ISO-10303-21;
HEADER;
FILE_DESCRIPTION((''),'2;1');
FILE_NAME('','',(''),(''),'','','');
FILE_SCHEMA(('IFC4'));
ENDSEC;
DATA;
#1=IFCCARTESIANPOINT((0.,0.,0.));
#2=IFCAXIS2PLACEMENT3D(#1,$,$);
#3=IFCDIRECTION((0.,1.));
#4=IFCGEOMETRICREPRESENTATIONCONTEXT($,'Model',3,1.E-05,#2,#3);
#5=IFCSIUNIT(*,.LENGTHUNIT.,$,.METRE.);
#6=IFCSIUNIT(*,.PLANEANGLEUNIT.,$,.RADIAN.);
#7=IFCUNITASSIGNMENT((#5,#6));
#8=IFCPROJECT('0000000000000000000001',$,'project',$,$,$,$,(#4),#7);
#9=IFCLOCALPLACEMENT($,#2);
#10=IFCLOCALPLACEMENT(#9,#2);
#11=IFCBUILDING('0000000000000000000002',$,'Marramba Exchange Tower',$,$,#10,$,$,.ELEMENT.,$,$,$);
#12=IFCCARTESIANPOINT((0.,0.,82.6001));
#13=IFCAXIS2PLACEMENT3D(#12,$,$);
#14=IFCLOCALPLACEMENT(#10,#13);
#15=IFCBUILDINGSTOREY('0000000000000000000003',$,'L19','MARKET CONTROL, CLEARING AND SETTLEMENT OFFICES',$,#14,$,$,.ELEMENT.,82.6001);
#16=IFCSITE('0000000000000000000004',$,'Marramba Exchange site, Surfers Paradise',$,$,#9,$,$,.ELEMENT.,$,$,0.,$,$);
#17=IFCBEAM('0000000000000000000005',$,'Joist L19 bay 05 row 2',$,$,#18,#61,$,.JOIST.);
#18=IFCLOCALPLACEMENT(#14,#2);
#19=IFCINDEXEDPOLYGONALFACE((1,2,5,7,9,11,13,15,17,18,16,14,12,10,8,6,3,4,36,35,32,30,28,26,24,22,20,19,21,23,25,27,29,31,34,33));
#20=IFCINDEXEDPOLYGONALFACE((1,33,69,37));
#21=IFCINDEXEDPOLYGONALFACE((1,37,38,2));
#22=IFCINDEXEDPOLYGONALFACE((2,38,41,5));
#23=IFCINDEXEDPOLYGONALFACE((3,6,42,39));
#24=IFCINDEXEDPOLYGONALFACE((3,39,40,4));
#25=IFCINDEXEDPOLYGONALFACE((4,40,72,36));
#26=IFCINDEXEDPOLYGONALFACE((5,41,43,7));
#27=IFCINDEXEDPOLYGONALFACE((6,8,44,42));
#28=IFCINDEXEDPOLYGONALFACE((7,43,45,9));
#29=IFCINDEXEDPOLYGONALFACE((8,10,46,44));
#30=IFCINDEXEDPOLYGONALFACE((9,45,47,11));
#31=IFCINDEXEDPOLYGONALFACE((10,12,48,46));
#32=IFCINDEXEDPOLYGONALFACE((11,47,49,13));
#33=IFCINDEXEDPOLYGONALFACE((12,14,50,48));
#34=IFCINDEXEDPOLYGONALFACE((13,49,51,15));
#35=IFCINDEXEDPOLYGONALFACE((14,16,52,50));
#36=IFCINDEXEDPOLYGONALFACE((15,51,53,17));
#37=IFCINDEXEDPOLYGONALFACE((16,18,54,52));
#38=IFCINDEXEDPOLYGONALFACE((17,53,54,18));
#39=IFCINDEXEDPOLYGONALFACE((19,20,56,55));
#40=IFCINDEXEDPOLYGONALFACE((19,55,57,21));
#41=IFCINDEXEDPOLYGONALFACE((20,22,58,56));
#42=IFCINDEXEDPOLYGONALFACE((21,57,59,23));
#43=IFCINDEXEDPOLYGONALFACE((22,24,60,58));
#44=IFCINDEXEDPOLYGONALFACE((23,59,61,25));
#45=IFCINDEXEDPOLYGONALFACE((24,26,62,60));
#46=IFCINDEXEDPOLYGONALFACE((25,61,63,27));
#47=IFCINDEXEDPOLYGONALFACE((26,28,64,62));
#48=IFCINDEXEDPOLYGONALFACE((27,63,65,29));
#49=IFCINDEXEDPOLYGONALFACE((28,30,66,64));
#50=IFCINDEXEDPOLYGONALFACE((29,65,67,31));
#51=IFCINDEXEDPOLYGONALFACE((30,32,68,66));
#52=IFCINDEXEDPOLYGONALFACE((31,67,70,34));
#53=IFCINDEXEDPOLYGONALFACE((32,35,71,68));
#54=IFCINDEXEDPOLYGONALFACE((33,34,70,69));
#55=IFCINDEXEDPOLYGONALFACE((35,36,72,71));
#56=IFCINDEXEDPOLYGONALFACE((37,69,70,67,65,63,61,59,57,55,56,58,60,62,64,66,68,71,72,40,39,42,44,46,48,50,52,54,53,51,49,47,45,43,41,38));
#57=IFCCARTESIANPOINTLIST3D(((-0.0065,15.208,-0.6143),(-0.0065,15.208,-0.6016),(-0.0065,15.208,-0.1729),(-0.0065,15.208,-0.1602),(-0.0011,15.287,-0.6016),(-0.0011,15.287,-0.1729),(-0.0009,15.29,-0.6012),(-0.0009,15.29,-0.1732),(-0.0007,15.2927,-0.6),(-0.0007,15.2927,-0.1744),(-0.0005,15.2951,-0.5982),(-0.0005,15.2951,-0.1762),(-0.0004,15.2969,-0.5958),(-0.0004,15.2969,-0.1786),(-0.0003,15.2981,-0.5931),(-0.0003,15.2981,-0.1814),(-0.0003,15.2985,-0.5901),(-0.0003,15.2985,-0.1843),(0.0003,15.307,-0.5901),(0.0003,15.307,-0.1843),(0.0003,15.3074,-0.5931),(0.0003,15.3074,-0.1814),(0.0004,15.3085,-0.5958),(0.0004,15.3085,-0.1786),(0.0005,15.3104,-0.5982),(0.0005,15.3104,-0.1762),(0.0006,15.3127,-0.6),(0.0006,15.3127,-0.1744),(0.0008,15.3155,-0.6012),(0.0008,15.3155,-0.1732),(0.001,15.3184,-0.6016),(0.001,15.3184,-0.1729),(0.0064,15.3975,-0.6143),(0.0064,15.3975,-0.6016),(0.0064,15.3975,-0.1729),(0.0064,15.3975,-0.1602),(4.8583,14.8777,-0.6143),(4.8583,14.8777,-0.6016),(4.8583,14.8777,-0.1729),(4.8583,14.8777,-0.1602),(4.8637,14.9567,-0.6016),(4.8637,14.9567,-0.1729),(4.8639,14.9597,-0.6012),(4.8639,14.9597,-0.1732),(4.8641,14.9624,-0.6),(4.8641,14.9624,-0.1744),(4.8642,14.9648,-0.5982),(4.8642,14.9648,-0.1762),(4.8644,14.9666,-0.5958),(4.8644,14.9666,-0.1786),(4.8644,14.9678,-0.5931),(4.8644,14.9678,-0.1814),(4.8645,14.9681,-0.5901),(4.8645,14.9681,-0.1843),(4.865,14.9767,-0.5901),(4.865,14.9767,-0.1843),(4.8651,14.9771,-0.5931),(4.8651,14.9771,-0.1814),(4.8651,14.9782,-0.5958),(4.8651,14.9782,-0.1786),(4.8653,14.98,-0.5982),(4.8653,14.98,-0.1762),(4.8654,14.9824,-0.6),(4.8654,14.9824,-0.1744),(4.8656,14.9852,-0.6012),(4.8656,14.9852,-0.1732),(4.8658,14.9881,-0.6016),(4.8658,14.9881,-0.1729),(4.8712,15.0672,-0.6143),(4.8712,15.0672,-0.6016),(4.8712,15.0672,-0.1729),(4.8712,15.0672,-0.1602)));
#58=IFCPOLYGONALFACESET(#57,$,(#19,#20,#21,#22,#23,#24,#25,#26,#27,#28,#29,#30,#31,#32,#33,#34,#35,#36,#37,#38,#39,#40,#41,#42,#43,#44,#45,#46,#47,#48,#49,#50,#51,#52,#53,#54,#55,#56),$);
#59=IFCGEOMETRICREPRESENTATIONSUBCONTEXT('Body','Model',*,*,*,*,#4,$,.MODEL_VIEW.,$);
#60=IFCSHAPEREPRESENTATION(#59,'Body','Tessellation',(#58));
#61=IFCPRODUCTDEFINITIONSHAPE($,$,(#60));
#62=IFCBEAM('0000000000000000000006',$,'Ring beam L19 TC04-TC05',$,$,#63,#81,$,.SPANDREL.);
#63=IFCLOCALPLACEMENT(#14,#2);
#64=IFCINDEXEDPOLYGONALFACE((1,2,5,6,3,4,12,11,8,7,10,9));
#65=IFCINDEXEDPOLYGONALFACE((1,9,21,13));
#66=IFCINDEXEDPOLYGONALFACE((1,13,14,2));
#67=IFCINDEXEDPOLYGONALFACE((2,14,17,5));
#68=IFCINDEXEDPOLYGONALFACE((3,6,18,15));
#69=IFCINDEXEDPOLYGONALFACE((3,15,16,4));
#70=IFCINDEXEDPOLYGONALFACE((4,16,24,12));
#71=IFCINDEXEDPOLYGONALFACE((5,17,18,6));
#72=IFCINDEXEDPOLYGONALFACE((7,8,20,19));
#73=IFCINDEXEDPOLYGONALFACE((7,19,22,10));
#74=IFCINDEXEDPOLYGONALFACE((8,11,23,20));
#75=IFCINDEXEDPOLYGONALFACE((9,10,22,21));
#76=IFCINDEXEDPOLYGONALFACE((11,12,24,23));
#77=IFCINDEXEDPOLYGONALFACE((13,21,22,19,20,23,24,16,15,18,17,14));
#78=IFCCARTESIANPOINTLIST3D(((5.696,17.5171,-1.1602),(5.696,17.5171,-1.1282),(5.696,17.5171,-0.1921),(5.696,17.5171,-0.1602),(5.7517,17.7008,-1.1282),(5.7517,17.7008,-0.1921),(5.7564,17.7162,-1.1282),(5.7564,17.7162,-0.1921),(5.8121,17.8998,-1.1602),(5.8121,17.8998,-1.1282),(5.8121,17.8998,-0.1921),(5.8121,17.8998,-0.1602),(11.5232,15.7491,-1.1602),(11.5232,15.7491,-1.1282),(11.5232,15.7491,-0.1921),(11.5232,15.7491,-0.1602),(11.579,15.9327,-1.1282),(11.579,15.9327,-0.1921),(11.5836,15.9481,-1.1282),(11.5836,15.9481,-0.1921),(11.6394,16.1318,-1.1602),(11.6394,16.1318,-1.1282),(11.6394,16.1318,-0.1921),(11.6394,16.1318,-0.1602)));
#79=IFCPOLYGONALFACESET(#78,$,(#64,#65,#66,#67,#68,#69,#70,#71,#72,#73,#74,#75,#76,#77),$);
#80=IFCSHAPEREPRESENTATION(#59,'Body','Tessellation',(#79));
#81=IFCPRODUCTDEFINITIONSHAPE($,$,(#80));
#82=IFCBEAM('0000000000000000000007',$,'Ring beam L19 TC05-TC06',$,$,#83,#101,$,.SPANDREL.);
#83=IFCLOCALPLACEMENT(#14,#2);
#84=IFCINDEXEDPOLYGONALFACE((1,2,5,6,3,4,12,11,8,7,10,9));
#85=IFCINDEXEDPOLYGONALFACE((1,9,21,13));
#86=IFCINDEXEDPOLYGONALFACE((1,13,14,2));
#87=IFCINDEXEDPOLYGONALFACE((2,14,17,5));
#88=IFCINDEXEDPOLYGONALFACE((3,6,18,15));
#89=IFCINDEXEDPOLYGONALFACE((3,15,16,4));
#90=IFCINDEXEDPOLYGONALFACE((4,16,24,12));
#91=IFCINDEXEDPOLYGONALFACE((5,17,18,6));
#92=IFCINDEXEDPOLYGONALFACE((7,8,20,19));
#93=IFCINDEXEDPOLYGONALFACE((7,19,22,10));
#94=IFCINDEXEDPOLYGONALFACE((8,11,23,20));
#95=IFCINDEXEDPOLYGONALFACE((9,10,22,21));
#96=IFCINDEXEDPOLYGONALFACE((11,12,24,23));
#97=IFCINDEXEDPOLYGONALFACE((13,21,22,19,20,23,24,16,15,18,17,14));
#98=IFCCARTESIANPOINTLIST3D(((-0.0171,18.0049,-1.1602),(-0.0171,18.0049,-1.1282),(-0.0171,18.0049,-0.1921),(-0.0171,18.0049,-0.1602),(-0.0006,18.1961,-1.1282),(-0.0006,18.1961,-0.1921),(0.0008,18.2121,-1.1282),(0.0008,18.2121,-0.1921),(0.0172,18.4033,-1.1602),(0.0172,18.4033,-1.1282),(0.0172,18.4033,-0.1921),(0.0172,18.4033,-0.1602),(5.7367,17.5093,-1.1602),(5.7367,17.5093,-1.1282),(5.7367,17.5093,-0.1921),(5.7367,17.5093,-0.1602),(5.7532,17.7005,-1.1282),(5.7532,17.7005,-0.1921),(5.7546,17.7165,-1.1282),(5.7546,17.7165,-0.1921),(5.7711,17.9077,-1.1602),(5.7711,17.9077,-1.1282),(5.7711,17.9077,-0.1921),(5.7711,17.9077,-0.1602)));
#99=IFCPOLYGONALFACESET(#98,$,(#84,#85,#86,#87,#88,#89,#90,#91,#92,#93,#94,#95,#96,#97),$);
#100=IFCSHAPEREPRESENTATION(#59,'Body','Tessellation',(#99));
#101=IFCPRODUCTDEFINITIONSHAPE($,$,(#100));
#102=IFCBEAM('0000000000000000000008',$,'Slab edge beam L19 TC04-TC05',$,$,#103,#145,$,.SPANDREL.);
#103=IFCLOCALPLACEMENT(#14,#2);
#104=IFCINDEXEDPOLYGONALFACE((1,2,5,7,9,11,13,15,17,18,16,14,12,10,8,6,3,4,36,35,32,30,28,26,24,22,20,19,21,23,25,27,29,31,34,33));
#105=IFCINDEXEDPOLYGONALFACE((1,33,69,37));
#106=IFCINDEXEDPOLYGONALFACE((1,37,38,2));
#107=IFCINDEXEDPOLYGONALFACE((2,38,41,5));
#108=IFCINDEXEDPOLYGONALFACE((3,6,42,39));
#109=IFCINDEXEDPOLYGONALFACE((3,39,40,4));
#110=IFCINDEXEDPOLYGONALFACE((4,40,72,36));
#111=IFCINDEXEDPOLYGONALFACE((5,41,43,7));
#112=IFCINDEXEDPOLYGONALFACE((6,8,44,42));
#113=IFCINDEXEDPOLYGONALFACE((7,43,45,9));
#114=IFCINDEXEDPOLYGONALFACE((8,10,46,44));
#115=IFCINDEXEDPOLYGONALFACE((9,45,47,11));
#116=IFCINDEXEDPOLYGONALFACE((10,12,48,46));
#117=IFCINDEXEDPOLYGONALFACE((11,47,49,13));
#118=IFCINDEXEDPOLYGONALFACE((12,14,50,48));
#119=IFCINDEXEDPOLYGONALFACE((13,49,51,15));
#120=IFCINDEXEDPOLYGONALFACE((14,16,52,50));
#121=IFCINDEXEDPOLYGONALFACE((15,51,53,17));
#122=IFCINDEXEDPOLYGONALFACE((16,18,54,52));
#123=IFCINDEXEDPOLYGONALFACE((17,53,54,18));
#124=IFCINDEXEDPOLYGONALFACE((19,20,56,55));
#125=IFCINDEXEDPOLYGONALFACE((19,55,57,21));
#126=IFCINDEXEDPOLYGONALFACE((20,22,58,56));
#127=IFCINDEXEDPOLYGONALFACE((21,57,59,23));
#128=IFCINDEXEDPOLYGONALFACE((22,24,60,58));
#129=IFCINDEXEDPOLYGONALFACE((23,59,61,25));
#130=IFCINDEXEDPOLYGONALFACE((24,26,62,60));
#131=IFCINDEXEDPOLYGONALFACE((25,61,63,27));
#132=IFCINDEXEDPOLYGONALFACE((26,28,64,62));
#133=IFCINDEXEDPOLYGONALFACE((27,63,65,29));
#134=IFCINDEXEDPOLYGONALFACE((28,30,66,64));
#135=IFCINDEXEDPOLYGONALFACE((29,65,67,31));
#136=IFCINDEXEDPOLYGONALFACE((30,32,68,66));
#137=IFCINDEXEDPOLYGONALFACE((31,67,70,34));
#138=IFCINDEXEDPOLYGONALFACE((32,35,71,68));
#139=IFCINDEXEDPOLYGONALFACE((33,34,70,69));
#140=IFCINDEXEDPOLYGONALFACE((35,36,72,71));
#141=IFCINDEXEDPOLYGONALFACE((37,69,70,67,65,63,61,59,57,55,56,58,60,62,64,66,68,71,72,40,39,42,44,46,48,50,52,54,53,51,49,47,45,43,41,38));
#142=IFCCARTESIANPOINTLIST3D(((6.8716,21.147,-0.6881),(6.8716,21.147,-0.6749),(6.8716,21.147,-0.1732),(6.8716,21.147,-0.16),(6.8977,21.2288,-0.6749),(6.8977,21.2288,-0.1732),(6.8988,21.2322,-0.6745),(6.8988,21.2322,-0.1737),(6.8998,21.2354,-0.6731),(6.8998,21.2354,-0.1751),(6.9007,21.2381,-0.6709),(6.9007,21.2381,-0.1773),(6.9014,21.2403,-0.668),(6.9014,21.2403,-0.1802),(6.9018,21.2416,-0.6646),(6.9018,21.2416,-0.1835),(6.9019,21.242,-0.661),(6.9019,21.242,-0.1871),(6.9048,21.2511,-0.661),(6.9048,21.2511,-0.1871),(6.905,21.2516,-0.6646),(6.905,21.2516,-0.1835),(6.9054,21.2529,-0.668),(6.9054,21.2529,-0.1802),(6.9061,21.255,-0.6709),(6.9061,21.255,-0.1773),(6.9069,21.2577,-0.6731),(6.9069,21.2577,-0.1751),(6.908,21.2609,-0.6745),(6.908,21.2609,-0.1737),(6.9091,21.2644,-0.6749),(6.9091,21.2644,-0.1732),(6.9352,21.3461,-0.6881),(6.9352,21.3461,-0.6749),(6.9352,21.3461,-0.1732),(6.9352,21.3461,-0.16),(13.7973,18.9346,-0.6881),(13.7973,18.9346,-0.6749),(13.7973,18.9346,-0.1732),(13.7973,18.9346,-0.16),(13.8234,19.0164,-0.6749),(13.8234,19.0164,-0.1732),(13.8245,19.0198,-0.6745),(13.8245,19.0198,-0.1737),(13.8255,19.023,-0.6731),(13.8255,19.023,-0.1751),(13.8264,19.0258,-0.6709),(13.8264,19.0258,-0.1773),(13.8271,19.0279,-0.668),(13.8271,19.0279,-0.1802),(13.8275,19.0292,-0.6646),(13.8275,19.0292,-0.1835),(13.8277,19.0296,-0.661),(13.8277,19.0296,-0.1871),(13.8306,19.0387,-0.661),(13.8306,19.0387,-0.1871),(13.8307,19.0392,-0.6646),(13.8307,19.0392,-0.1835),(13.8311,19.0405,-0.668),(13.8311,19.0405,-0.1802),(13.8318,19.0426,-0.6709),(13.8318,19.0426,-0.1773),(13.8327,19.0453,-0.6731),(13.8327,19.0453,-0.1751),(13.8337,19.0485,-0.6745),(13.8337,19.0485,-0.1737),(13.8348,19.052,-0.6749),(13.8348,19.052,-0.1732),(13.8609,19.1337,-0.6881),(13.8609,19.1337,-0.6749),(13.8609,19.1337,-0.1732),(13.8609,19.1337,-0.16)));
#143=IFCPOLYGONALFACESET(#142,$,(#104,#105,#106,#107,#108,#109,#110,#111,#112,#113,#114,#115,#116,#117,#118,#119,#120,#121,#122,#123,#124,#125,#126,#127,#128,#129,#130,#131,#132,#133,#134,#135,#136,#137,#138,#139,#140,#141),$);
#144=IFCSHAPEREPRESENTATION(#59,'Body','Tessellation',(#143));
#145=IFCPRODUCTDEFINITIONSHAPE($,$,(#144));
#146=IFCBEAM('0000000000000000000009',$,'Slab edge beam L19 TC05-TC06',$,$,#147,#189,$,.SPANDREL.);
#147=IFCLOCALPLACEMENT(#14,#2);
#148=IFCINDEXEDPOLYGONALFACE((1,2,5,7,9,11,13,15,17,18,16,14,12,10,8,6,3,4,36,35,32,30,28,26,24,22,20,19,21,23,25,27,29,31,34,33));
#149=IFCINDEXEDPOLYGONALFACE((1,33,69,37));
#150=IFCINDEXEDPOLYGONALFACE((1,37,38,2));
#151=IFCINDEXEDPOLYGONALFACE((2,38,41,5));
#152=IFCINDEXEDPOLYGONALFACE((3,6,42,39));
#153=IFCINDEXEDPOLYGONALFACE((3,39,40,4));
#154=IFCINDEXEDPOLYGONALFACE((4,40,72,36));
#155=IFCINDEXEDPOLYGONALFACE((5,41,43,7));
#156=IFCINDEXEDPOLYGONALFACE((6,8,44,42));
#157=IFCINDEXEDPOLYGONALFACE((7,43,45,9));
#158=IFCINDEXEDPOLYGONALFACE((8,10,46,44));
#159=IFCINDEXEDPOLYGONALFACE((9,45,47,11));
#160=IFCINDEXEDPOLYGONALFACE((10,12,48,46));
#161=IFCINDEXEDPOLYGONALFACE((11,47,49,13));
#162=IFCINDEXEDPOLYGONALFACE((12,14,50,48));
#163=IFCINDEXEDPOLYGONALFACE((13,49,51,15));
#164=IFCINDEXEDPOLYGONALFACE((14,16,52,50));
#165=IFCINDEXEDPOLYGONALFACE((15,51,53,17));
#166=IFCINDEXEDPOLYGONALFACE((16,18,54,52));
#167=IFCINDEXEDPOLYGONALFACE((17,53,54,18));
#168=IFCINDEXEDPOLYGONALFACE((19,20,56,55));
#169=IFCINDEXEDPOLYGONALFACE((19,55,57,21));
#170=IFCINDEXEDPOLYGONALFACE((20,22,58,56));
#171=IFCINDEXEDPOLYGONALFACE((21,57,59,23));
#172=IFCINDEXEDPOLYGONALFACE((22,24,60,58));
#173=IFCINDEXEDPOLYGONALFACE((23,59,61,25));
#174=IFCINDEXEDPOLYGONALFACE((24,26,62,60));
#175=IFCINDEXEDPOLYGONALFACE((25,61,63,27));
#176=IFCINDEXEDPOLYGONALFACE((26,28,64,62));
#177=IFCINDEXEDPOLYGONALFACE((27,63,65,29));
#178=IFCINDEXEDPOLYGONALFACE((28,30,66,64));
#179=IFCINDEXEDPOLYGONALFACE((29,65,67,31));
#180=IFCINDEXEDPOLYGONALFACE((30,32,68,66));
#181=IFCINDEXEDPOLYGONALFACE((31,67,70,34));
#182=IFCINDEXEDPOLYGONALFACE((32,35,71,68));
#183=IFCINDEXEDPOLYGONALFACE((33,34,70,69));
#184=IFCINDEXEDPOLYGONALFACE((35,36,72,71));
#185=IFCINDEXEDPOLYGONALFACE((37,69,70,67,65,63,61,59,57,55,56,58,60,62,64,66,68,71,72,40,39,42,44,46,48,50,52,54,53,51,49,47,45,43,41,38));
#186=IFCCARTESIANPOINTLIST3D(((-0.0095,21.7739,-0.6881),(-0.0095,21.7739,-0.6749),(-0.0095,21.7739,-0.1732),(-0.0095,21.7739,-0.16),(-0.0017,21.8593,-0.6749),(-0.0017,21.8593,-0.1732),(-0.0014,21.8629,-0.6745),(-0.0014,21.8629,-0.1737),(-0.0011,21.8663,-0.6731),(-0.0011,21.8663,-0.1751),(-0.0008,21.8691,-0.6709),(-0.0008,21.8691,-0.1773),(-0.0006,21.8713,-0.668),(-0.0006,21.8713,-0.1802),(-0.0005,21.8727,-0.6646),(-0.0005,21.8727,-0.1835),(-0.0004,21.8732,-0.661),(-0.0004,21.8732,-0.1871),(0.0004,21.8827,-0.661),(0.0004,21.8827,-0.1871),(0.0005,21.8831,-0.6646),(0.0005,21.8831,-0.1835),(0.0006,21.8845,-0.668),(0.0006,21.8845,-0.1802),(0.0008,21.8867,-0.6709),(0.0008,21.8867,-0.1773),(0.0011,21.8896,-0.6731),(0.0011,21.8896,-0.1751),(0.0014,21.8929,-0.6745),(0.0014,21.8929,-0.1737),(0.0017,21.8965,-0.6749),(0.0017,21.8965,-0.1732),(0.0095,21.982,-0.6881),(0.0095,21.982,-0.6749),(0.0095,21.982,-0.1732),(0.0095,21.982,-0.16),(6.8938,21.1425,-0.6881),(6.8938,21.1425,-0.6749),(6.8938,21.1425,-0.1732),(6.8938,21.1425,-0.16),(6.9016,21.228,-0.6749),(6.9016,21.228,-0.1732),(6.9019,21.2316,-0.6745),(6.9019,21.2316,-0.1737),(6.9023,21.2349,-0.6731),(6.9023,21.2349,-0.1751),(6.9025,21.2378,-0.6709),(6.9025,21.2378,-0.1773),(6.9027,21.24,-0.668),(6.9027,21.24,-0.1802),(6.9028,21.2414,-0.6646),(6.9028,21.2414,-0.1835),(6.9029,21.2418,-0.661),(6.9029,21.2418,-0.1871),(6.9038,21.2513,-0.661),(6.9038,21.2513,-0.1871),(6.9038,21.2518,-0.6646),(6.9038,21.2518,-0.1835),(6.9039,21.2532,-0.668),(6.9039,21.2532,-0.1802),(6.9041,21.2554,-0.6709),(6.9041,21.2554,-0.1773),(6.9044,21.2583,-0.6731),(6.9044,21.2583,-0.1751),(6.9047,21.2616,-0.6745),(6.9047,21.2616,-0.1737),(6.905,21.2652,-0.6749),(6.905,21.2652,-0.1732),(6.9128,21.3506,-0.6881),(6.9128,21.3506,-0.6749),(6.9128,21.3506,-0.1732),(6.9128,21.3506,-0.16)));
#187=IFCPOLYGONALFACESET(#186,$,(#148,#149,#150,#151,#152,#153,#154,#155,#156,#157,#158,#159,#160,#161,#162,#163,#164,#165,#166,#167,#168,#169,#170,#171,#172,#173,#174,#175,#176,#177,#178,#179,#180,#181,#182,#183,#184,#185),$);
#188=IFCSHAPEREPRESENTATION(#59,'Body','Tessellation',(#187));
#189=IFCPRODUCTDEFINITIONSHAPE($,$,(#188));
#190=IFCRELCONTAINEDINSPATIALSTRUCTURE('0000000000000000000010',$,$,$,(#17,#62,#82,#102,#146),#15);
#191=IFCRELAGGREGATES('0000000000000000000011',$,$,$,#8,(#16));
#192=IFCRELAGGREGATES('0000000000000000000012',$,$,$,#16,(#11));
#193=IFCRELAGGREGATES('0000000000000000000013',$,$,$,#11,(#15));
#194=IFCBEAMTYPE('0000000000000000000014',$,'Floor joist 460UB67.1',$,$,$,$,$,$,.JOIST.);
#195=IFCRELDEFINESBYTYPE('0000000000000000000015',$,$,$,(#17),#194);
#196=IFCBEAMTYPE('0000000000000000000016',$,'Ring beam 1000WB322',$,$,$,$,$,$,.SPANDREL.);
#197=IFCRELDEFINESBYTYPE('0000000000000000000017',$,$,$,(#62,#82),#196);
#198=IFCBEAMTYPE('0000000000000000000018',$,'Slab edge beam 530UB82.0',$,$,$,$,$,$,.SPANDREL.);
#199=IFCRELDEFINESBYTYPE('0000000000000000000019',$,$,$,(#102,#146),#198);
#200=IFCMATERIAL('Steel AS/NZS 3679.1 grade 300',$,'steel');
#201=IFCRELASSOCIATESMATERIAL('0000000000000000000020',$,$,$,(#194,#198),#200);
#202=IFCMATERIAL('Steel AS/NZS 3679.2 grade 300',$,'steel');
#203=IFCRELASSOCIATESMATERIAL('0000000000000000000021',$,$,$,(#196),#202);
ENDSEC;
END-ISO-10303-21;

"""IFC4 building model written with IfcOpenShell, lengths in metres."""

from ifc_helpers import new_model, si_unit, direction, frame, origin, origin_2d, place, context, subcontext, project, spatial, i_section, extrude, material, material_profile, profile_set, type_object, element, save


model = new_model("IFC4")

# Units and contexts
model_context = context("Model", 3, precision=1e-05, world=origin(), true_north=direction((0.0, 1.0)))
body_context = subcontext(model_context, "Body", "Model", "MODEL_VIEW")
ifc_project = project(units=[si_unit("LENGTHUNIT", "METRE"), si_unit("PLANEANGLEUNIT", "RADIAN")], contexts=[model_context])

# Site, building, storey
site_placement = place(None, origin())
site = spatial("IfcSite", under=ifc_project, at=site_placement, Name="Marramba Exchange site, Surfers Paradise", CompositionType="ELEMENT", RefElevation=0.0)
building_placement = place(site_placement, origin())
building = spatial("IfcBuilding", under=site, at=building_placement, Name="Marramba Exchange Tower", CompositionType="ELEMENT")
storey_placement = place(building_placement, frame((0.0, 0.0, 82.6001)))
storey = spatial("IfcBuildingStorey", under=building, at=storey_placement, Name="L19", Description="MARKET CONTROL, CLEARING AND SETTLEMENT OFFICES", CompositionType="ELEMENT", Elevation=82.6001)

# Beams
ifc_material_1 = material(Name="Steel AS/NZS 3679.2 grade 300", Category="steel")
ifc_material_2 = material(Name="Steel AS/NZS 3679.1 grade 300", Category="steel")
ifc_material_profile_1 = material_profile(ifc_material_2, i_section(OverallWidth=0.1899, OverallDepth=0.4541, WebThickness=0.0085, FlangeThickness=0.0127, FilletRadius=0.0115, at=origin_2d()), Name="460UB67.1")
ifc_profile_set_1 = profile_set([ifc_material_profile_1], Name="Steel AS/NZS 3679.1 grade 300")
beam_type_1 = type_object("IfcBeamType", Name="Floor joist 460UB67.1", PredefinedType="JOIST", material=ifc_profile_set_1)
beam_1_placement = place(storey_placement, frame((4.8647, 14.9724, -0.3872), z_axis=(-0.997703, 0.067745, 0.0), x_axis=(-0.067745, -0.997703, 0.0)))
element("IfcBeam", 1, at=beam_1_placement, inside=storey, type_object=beam_type_1, Name="Joist L19 bay 05 row 2", PredefinedType="JOIST", context=body_context, shape_type="SweptSolid", body=[
    extrude(i_section(OverallWidth=0.1899, OverallDepth=0.4541, WebThickness=0.0085, FlangeThickness=0.0127, FilletRadius=0.0115, at=origin_2d()), origin(), (0.0, 0.0, 1.0), 4.876),
])
ifc_material_profile_2 = material_profile(ifc_material_1, i_section(OverallWidth=0.3999, OverallDepth=1.0, WebThickness=0.0161, FlangeThickness=0.032, at=origin_2d()), Name="1000WB322")
ifc_profile_set_2 = profile_set([ifc_material_profile_2], Name="Steel AS/NZS 3679.2 grade 300")
beam_type_2 = type_object("IfcBeamType", Name="Ring beam 1000WB322", PredefinedType="SPANDREL", material=ifc_profile_set_2)
beam_2_placement = place(storey_placement, frame((11.5813, 15.9404, -0.6602), z_axis=(-0.956925, 0.290337, 0.0), x_axis=(-0.290337, -0.956925, 0.0)))
element("IfcBeam", 2, at=beam_2_placement, inside=storey, type_object=beam_type_2, Name="Ring beam L19 TC04-TC05", PredefinedType="SPANDREL", context=body_context, shape_type="SweptSolid", body=[
    extrude(i_section(OverallWidth=0.3999, OverallDepth=1.0, WebThickness=0.0161, FlangeThickness=0.032, at=origin_2d()), origin(), (0.0, 0.0, 1.0), 6.0896),
])
beam_3_placement = place(storey_placement, frame((5.7539, 17.7085, -0.6602), z_axis=(-0.996311, 0.085816, 0.0), x_axis=(-0.085816, -0.996311, 0.0)))
element("IfcBeam", 3, at=beam_3_placement, inside=storey, type_object=beam_type_2, Name="Ring beam L19 TC05-TC06", PredefinedType="SPANDREL", context=body_context, shape_type="SweptSolid", body=[
    extrude(i_section(OverallWidth=0.3999, OverallDepth=1.0, WebThickness=0.0161, FlangeThickness=0.032, at=origin_2d()), origin(), (0.0, 0.0, 1.0), 5.7751),
])
ifc_material_profile_3 = material_profile(ifc_material_2, i_section(OverallWidth=0.209, OverallDepth=0.5281, WebThickness=0.0095, FlangeThickness=0.0132, FilletRadius=0.0139, at=origin_2d()), Name="530UB82.0")
ifc_profile_set_3 = profile_set([ifc_material_profile_3], Name="Steel AS/NZS 3679.1 grade 300")
beam_type_3 = type_object("IfcBeamType", Name="Slab edge beam 530UB82.0", PredefinedType="SPANDREL", material=ifc_profile_set_3)
beam_4_placement = place(storey_placement, frame((13.8291, 19.0342, -0.4241), z_axis=(-0.952578, 0.304296, 0.0), x_axis=(-0.304296, -0.952578, 0.0)))
element("IfcBeam", 4, at=beam_4_placement, inside=storey, type_object=beam_type_3, Name="Slab edge beam L19 TC04-TC05", PredefinedType="SPANDREL", context=body_context, shape_type="SweptSolid", body=[
    extrude(i_section(OverallWidth=0.209, OverallDepth=0.5281, WebThickness=0.0095, FlangeThickness=0.0132, FilletRadius=0.0139, at=origin_2d()), origin(), (0.0, 0.0, 1.0), 7.2705),
])
beam_5_placement = place(storey_placement, frame((6.9033, 21.2466, -0.4241), z_axis=(-0.995844, 0.091076, 0.0), x_axis=(-0.091076, -0.995844, 0.0)))
element("IfcBeam", 5, at=beam_5_placement, inside=storey, type_object=beam_type_3, Name="Slab edge beam L19 TC05-TC06", PredefinedType="SPANDREL", context=body_context, shape_type="SweptSolid", body=[
    extrude(i_section(OverallWidth=0.209, OverallDepth=0.5281, WebThickness=0.0095, FlangeThickness=0.0132, FilletRadius=0.0139, at=origin_2d()), origin(), (0.0, 0.0, 1.0), 6.9321),
])

save(model, "model.ifc")
